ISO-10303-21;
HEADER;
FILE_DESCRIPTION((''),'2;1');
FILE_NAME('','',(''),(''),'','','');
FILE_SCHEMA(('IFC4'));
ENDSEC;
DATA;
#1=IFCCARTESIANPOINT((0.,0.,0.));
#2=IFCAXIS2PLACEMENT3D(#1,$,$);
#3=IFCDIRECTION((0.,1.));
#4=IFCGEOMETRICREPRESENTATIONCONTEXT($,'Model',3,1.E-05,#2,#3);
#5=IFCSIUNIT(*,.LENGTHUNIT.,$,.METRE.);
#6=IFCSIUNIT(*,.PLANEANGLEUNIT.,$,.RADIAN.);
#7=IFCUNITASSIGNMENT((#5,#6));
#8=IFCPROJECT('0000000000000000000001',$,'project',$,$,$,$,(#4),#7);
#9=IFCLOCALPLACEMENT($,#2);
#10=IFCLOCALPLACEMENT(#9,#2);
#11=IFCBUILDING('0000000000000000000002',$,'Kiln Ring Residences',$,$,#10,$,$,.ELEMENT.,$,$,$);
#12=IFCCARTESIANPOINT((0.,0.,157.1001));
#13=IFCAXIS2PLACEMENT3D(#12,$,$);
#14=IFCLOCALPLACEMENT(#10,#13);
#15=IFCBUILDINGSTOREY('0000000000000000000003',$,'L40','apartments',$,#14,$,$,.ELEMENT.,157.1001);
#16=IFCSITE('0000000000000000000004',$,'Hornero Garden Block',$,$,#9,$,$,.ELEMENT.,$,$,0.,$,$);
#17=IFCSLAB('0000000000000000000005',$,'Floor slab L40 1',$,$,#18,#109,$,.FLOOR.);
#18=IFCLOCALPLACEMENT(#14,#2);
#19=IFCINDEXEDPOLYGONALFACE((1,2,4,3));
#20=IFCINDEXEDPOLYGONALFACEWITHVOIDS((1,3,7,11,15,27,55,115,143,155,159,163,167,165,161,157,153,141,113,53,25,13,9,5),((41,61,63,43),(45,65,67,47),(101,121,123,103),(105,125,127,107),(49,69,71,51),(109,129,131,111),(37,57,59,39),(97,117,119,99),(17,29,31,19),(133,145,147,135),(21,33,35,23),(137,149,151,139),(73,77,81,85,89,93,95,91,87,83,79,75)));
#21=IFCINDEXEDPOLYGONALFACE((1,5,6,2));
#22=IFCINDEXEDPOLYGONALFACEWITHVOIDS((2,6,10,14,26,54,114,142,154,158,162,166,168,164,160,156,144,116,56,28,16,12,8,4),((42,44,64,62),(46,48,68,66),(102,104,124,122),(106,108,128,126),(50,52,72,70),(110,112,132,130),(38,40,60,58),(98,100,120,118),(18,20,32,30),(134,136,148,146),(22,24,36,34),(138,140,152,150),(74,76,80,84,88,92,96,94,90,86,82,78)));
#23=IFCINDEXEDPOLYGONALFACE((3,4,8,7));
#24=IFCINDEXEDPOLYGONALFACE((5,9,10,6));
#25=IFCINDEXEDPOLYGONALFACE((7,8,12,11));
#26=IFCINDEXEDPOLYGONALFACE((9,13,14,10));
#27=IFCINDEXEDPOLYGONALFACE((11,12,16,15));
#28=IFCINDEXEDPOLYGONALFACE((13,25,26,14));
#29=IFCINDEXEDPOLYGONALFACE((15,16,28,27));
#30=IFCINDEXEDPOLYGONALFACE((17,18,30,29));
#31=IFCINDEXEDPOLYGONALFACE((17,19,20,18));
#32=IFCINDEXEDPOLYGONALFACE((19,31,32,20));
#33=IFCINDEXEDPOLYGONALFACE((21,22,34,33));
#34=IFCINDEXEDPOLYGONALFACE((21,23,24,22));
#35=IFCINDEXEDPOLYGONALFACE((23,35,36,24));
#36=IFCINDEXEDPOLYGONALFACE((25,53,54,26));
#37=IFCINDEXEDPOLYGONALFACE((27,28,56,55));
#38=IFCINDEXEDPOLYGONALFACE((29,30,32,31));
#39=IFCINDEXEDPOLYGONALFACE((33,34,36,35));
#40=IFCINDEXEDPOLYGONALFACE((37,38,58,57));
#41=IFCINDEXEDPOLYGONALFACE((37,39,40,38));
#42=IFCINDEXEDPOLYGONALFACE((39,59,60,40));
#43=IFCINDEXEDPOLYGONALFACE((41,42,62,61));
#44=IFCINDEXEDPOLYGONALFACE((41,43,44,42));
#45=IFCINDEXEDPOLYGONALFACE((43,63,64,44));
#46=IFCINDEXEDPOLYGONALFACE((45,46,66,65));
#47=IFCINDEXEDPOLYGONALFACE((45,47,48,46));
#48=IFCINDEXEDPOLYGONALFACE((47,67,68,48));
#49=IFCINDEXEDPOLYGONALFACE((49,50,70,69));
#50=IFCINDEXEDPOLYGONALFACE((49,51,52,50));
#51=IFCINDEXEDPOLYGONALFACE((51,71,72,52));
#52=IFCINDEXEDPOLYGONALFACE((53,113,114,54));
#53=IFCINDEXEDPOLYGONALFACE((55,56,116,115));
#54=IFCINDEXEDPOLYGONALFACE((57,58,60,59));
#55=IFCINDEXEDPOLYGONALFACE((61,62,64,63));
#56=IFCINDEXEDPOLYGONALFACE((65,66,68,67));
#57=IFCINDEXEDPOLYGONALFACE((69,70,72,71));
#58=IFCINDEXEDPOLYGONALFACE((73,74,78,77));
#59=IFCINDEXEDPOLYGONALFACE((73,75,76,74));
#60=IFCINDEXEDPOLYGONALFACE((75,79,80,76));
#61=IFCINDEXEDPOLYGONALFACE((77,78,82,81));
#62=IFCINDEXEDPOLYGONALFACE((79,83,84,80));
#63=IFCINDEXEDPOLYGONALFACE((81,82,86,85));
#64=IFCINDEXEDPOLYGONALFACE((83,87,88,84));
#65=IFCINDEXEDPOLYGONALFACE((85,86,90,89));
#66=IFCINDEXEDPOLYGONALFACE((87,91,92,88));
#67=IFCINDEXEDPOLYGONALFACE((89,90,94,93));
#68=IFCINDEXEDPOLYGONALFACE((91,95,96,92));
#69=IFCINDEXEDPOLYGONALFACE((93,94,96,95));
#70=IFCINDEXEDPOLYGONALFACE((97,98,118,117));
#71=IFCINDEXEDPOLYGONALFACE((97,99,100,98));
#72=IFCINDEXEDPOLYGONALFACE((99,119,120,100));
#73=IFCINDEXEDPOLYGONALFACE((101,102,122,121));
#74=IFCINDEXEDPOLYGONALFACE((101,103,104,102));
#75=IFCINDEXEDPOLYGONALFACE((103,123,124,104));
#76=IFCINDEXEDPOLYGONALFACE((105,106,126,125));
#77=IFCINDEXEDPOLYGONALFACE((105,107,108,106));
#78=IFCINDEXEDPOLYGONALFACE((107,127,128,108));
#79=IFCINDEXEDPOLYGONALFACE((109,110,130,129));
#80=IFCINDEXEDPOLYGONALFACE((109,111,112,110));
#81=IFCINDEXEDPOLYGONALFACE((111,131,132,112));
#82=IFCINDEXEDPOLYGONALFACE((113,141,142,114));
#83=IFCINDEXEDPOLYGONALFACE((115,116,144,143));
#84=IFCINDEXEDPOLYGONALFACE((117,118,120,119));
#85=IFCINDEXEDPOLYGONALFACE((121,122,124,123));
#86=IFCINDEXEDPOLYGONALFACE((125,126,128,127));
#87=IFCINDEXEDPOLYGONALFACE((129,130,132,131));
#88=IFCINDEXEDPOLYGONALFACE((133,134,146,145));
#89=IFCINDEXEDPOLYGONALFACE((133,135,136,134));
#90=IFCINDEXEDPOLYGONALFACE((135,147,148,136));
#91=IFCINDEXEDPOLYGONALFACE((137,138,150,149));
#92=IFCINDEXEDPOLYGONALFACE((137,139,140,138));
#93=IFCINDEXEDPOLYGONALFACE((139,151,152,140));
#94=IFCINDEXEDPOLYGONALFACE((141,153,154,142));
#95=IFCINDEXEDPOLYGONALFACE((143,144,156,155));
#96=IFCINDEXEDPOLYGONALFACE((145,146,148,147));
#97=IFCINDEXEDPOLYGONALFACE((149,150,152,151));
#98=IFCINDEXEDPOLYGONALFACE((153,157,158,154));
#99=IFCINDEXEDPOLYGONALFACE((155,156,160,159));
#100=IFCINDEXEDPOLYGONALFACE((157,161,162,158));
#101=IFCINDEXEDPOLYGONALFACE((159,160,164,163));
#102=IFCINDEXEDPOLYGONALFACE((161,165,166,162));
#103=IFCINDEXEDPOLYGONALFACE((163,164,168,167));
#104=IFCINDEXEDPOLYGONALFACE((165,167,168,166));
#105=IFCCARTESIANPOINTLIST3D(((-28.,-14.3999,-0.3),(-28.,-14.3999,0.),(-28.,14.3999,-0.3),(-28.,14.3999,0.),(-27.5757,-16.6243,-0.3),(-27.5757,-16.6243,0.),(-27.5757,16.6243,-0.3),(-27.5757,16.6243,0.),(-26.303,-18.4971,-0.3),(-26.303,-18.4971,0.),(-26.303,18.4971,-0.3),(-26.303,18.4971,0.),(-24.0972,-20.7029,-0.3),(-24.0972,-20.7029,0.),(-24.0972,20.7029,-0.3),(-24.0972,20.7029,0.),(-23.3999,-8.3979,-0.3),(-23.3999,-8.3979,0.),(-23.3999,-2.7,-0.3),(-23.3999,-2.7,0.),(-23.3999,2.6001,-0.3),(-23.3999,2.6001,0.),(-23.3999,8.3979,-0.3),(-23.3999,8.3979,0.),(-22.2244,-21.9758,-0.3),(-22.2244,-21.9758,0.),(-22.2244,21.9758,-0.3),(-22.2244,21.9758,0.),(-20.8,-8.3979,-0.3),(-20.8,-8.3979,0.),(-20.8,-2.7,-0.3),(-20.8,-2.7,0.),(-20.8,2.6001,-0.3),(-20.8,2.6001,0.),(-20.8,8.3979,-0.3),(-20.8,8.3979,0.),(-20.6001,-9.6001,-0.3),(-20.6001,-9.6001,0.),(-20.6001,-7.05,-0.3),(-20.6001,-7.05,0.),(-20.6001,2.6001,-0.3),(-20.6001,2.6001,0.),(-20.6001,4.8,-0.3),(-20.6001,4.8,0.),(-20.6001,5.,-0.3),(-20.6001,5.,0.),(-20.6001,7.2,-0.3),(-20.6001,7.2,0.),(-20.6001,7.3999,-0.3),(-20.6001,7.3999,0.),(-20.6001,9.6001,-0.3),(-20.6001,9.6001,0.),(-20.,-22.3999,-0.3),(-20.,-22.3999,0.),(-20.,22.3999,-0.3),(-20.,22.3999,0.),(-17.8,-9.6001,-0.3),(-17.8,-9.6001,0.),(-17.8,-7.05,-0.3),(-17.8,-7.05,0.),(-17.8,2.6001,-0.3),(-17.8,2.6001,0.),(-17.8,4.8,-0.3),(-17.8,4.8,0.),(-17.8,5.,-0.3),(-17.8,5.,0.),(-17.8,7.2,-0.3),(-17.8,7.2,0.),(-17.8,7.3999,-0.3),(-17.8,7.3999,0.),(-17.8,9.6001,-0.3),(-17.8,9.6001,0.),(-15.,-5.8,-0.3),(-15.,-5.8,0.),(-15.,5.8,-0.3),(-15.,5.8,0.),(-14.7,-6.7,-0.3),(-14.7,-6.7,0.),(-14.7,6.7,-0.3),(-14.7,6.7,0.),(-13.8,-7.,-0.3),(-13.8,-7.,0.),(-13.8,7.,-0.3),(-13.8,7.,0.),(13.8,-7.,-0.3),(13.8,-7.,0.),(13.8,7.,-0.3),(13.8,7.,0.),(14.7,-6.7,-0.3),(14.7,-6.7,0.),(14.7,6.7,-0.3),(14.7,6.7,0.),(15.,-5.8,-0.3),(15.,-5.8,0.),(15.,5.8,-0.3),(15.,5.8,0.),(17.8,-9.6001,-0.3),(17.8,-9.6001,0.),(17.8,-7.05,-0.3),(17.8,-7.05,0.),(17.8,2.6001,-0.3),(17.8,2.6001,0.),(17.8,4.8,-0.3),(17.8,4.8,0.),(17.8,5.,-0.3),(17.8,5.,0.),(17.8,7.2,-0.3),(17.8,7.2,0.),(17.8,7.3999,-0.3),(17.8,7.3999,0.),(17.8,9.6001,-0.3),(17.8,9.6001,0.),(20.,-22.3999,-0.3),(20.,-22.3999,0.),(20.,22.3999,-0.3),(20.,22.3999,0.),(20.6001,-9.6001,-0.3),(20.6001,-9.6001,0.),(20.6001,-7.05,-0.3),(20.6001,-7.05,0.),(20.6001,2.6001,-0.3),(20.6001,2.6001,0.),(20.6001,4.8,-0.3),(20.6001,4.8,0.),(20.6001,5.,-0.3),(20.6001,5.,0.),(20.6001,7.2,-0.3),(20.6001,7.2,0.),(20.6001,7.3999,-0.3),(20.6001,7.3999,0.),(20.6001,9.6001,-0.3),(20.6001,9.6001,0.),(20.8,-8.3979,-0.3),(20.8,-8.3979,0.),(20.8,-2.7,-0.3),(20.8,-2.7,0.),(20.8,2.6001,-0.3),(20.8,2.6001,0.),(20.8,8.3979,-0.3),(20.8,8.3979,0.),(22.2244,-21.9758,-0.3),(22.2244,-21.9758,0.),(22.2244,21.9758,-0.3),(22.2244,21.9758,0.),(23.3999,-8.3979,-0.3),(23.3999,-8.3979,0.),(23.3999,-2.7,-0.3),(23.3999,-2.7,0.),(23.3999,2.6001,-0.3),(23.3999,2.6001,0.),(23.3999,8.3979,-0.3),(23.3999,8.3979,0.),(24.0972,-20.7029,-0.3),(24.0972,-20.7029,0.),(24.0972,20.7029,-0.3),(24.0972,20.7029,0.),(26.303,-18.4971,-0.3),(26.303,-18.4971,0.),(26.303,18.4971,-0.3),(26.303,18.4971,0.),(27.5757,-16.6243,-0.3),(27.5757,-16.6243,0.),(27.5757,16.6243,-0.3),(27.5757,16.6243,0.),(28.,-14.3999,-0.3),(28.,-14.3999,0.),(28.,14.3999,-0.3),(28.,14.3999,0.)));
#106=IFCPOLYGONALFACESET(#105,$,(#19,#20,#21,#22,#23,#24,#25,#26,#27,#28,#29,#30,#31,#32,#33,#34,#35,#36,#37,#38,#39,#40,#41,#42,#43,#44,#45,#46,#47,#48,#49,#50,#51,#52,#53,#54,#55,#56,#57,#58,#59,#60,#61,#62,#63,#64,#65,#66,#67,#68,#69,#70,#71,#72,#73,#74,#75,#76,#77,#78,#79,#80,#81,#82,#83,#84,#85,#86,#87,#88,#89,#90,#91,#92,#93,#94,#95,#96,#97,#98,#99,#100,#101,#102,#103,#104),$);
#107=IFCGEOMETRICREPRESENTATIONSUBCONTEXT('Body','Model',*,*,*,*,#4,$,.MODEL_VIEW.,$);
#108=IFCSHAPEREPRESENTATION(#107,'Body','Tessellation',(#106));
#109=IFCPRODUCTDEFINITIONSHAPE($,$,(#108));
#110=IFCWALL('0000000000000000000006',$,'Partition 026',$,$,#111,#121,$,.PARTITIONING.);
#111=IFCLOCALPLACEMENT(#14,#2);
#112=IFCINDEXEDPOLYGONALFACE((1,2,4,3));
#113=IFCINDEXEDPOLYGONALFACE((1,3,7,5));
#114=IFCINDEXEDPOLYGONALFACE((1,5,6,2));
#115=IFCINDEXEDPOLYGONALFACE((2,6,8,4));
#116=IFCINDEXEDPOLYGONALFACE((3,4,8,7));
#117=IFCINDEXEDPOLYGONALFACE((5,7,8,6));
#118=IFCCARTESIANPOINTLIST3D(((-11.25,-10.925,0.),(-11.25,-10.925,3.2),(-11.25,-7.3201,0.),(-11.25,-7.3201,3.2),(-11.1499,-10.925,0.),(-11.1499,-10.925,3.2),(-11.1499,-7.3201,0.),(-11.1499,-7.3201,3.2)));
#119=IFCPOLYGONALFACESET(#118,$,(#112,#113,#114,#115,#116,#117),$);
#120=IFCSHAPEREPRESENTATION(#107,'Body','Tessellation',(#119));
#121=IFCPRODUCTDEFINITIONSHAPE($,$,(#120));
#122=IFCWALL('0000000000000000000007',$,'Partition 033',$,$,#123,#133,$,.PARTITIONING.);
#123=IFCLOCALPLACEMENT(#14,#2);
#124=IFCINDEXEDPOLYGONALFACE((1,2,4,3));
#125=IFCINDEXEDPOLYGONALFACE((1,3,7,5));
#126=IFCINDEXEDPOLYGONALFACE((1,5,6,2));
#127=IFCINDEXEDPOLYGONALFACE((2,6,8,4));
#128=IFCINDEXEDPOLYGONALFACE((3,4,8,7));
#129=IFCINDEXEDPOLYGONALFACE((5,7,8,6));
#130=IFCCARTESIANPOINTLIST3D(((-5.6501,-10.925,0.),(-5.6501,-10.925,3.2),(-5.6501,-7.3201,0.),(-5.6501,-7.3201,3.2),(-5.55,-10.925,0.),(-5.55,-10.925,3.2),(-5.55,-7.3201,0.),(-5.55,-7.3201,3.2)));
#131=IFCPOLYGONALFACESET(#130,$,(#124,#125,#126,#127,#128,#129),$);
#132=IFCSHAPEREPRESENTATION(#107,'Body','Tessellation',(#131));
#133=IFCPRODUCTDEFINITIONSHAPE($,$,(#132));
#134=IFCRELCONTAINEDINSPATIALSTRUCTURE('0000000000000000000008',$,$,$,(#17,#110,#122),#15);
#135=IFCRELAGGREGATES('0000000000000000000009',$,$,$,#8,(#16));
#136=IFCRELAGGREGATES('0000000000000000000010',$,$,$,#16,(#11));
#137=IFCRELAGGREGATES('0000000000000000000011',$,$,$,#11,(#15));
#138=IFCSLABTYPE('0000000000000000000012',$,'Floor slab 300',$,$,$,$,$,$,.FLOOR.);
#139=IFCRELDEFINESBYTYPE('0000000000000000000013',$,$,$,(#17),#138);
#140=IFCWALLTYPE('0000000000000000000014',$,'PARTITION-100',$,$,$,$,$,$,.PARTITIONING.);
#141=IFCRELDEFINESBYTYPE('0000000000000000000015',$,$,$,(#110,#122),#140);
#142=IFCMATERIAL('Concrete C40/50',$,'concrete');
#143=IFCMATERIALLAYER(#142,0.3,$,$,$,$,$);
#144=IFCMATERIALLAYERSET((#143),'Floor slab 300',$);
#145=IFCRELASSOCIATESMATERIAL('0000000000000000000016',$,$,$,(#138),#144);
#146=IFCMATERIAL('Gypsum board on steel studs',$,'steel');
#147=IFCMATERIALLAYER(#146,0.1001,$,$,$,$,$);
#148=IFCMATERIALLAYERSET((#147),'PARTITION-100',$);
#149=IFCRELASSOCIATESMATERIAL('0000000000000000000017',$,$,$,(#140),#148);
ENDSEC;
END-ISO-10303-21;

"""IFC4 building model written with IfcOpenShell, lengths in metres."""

from ifc_helpers import new_model, si_unit, direction, frame, frame_2d, origin, place, context, subcontext, project, spatial, polyline, rectangle, outline, extrude, material, layer, layer_set, type_object, element, save


model = new_model("IFC4")

# Units and contexts
model_context = context("Model", 3, precision=1e-05, world=origin(), true_north=direction((0.0, 1.0)))
body_context = subcontext(model_context, "Body", "Model", "MODEL_VIEW")
ifc_project = project(units=[si_unit("LENGTHUNIT", "METRE"), si_unit("PLANEANGLEUNIT", "RADIAN")], contexts=[model_context])

# Site, building, storey
site_placement = place(None, origin())
site = spatial("IfcSite", under=ifc_project, at=site_placement, Name="Hornero Garden Block", CompositionType="ELEMENT", RefElevation=0.0)
building_placement = place(site_placement, origin())
building = spatial("IfcBuilding", under=site, at=building_placement, Name="Kiln Ring Residences", CompositionType="ELEMENT")
storey_placement = place(building_placement, frame((0.0, 0.0, 157.1001)))
storey = spatial("IfcBuildingStorey", under=building, at=storey_placement, Name="L40", Description="apartments", CompositionType="ELEMENT", Elevation=157.1001)

# Slab
ifc_material_1 = material(Name="Concrete C40/50", Category="concrete")
ifc_layer_1 = layer(ifc_material_1, 0.3)
ifc_layer_set_1 = layer_set([ifc_layer_1], Name="Floor slab 300")
slab_type = type_object("IfcSlabType", Name="Floor slab 300", PredefinedType="FLOOR", material=ifc_layer_set_1)
slab_placement = place(storey_placement, frame((0.0, 0.0, -0.3)))
element("IfcSlab", 1, at=slab_placement, inside=storey, type_object=slab_type, Name="Floor slab L40 1", PredefinedType="FLOOR", context=body_context, shape_type="SweptSolid", body=[
    extrude(outline(polyline([(-26.303, -18.4971), (-24.0972, -20.7029), (-22.2244, -21.9758), (-20.0, -22.3999), (20.0, -22.3999), (22.2244, -21.9758), (24.0972, -20.7029), (26.303, -18.4971), (27.5757, -16.6243), (28.0, -14.3999), (28.0, 14.3999), (27.5757, 16.6243), (26.303, 18.4971), (24.0972, 20.7029), (22.2244, 21.9758), (20.0, 22.3999), (-20.0, 22.3999), (-22.2244, 21.9758), (-24.0972, 20.7029), (-26.303, 18.4971), (-27.5757, 16.6243), (-28.0, 14.3999), (-28.0, -14.3999), (-27.5757, -16.6243), (-26.303, -18.4971)]), holes=[polyline([(-14.7, -6.7), (-15.0, -5.8), (-15.0, 5.8), (-14.7, 6.7), (-13.8, 7.0), (13.8, 7.0), (14.7, 6.7), (15.0, 5.8), (15.0, -5.8), (14.7, -6.7), (13.8, -7.0), (-13.8, -7.0), (-14.7, -6.7)]), polyline([(20.8, -8.3979), (20.8, -2.7), (23.3999, -2.7), (23.3999, -8.3979), (20.8, -8.3979)]), polyline([(23.3999, 2.6001), (20.8, 2.6001), (20.8, 8.3979), (23.3999, 8.3979), (23.3999, 2.6001)]), polyline([(17.8, 2.6001), (17.8, 4.8), (20.6001, 4.8), (20.6001, 2.6001), (17.8, 2.6001)]), polyline([(17.8, 5.0), (17.8, 7.2), (20.6001, 7.2), (20.6001, 5.0), (17.8, 5.0)]), polyline([(17.8, 7.3999), (17.8, 9.6001), (20.6001, 9.6001), (20.6001, 7.3999), (17.8, 7.3999)]), polyline([(20.6001, -9.6001), (17.8, -9.6001), (17.8, -7.05), (20.6001, -7.05), (20.6001, -9.6001)]), polyline([(-17.8, -7.05), (-17.8, -9.6001), (-20.6001, -9.6001), (-20.6001, -7.05), (-17.8, -7.05)]), polyline([(-17.8, 2.6001), (-20.6001, 2.6001), (-20.6001, 4.8), (-17.8, 4.8), (-17.8, 2.6001)]), polyline([(-17.8, 5.0), (-20.6001, 5.0), (-20.6001, 7.2), (-17.8, 7.2), (-17.8, 5.0)]), polyline([(-17.8, 7.3999), (-20.6001, 7.3999), (-20.6001, 9.6001), (-17.8, 9.6001), (-17.8, 7.3999)]), polyline([(-20.8, -8.3979), (-23.3999, -8.3979), (-23.3999, -2.7), (-20.8, -2.7), (-20.8, -8.3979)]), polyline([(-20.8, 8.3979), (-20.8, 2.6001), (-23.3999, 2.6001), (-23.3999, 8.3979), (-20.8, 8.3979)])]), origin(), (0.0, 0.0, 1.0), 0.3),
])

# Walls
ifc_material_2 = material(Name="Gypsum board on steel studs", Category="steel")
ifc_layer_2 = layer(ifc_material_2, 0.1001)
ifc_layer_set_2 = layer_set([ifc_layer_2], Name="PARTITION-100")
wall_type = type_object("IfcWallType", Name="PARTITION-100", PredefinedType="PARTITIONING", material=ifc_layer_set_2)
for number, where, z_axis, x_axis, name in (
    (2, (-11.2, -10.925, 0.0), (0.0, 0.0, 1.0), (0.0, 1.0, 0.0), "Partition 026"),
    (3, (-5.6001, -10.925, 0.0), (0.0, 0.0, 1.0), (0.0, 1.0, 0.0), "Partition 033"),
):
    element("IfcWall", number, at=place(storey_placement, frame(where, z_axis=z_axis, x_axis=x_axis)), inside=storey, type_object=wall_type, Name=name, PredefinedType="PARTITIONING", context=body_context, shape_type="SweptSolid", body=[
        extrude(rectangle(XDim=3.605, YDim=0.1001, at=frame_2d((1.8025, 0.0))), origin(), (0.0, 0.0, 1.0), 3.2),
    ])

save(model, "model.ifc")
